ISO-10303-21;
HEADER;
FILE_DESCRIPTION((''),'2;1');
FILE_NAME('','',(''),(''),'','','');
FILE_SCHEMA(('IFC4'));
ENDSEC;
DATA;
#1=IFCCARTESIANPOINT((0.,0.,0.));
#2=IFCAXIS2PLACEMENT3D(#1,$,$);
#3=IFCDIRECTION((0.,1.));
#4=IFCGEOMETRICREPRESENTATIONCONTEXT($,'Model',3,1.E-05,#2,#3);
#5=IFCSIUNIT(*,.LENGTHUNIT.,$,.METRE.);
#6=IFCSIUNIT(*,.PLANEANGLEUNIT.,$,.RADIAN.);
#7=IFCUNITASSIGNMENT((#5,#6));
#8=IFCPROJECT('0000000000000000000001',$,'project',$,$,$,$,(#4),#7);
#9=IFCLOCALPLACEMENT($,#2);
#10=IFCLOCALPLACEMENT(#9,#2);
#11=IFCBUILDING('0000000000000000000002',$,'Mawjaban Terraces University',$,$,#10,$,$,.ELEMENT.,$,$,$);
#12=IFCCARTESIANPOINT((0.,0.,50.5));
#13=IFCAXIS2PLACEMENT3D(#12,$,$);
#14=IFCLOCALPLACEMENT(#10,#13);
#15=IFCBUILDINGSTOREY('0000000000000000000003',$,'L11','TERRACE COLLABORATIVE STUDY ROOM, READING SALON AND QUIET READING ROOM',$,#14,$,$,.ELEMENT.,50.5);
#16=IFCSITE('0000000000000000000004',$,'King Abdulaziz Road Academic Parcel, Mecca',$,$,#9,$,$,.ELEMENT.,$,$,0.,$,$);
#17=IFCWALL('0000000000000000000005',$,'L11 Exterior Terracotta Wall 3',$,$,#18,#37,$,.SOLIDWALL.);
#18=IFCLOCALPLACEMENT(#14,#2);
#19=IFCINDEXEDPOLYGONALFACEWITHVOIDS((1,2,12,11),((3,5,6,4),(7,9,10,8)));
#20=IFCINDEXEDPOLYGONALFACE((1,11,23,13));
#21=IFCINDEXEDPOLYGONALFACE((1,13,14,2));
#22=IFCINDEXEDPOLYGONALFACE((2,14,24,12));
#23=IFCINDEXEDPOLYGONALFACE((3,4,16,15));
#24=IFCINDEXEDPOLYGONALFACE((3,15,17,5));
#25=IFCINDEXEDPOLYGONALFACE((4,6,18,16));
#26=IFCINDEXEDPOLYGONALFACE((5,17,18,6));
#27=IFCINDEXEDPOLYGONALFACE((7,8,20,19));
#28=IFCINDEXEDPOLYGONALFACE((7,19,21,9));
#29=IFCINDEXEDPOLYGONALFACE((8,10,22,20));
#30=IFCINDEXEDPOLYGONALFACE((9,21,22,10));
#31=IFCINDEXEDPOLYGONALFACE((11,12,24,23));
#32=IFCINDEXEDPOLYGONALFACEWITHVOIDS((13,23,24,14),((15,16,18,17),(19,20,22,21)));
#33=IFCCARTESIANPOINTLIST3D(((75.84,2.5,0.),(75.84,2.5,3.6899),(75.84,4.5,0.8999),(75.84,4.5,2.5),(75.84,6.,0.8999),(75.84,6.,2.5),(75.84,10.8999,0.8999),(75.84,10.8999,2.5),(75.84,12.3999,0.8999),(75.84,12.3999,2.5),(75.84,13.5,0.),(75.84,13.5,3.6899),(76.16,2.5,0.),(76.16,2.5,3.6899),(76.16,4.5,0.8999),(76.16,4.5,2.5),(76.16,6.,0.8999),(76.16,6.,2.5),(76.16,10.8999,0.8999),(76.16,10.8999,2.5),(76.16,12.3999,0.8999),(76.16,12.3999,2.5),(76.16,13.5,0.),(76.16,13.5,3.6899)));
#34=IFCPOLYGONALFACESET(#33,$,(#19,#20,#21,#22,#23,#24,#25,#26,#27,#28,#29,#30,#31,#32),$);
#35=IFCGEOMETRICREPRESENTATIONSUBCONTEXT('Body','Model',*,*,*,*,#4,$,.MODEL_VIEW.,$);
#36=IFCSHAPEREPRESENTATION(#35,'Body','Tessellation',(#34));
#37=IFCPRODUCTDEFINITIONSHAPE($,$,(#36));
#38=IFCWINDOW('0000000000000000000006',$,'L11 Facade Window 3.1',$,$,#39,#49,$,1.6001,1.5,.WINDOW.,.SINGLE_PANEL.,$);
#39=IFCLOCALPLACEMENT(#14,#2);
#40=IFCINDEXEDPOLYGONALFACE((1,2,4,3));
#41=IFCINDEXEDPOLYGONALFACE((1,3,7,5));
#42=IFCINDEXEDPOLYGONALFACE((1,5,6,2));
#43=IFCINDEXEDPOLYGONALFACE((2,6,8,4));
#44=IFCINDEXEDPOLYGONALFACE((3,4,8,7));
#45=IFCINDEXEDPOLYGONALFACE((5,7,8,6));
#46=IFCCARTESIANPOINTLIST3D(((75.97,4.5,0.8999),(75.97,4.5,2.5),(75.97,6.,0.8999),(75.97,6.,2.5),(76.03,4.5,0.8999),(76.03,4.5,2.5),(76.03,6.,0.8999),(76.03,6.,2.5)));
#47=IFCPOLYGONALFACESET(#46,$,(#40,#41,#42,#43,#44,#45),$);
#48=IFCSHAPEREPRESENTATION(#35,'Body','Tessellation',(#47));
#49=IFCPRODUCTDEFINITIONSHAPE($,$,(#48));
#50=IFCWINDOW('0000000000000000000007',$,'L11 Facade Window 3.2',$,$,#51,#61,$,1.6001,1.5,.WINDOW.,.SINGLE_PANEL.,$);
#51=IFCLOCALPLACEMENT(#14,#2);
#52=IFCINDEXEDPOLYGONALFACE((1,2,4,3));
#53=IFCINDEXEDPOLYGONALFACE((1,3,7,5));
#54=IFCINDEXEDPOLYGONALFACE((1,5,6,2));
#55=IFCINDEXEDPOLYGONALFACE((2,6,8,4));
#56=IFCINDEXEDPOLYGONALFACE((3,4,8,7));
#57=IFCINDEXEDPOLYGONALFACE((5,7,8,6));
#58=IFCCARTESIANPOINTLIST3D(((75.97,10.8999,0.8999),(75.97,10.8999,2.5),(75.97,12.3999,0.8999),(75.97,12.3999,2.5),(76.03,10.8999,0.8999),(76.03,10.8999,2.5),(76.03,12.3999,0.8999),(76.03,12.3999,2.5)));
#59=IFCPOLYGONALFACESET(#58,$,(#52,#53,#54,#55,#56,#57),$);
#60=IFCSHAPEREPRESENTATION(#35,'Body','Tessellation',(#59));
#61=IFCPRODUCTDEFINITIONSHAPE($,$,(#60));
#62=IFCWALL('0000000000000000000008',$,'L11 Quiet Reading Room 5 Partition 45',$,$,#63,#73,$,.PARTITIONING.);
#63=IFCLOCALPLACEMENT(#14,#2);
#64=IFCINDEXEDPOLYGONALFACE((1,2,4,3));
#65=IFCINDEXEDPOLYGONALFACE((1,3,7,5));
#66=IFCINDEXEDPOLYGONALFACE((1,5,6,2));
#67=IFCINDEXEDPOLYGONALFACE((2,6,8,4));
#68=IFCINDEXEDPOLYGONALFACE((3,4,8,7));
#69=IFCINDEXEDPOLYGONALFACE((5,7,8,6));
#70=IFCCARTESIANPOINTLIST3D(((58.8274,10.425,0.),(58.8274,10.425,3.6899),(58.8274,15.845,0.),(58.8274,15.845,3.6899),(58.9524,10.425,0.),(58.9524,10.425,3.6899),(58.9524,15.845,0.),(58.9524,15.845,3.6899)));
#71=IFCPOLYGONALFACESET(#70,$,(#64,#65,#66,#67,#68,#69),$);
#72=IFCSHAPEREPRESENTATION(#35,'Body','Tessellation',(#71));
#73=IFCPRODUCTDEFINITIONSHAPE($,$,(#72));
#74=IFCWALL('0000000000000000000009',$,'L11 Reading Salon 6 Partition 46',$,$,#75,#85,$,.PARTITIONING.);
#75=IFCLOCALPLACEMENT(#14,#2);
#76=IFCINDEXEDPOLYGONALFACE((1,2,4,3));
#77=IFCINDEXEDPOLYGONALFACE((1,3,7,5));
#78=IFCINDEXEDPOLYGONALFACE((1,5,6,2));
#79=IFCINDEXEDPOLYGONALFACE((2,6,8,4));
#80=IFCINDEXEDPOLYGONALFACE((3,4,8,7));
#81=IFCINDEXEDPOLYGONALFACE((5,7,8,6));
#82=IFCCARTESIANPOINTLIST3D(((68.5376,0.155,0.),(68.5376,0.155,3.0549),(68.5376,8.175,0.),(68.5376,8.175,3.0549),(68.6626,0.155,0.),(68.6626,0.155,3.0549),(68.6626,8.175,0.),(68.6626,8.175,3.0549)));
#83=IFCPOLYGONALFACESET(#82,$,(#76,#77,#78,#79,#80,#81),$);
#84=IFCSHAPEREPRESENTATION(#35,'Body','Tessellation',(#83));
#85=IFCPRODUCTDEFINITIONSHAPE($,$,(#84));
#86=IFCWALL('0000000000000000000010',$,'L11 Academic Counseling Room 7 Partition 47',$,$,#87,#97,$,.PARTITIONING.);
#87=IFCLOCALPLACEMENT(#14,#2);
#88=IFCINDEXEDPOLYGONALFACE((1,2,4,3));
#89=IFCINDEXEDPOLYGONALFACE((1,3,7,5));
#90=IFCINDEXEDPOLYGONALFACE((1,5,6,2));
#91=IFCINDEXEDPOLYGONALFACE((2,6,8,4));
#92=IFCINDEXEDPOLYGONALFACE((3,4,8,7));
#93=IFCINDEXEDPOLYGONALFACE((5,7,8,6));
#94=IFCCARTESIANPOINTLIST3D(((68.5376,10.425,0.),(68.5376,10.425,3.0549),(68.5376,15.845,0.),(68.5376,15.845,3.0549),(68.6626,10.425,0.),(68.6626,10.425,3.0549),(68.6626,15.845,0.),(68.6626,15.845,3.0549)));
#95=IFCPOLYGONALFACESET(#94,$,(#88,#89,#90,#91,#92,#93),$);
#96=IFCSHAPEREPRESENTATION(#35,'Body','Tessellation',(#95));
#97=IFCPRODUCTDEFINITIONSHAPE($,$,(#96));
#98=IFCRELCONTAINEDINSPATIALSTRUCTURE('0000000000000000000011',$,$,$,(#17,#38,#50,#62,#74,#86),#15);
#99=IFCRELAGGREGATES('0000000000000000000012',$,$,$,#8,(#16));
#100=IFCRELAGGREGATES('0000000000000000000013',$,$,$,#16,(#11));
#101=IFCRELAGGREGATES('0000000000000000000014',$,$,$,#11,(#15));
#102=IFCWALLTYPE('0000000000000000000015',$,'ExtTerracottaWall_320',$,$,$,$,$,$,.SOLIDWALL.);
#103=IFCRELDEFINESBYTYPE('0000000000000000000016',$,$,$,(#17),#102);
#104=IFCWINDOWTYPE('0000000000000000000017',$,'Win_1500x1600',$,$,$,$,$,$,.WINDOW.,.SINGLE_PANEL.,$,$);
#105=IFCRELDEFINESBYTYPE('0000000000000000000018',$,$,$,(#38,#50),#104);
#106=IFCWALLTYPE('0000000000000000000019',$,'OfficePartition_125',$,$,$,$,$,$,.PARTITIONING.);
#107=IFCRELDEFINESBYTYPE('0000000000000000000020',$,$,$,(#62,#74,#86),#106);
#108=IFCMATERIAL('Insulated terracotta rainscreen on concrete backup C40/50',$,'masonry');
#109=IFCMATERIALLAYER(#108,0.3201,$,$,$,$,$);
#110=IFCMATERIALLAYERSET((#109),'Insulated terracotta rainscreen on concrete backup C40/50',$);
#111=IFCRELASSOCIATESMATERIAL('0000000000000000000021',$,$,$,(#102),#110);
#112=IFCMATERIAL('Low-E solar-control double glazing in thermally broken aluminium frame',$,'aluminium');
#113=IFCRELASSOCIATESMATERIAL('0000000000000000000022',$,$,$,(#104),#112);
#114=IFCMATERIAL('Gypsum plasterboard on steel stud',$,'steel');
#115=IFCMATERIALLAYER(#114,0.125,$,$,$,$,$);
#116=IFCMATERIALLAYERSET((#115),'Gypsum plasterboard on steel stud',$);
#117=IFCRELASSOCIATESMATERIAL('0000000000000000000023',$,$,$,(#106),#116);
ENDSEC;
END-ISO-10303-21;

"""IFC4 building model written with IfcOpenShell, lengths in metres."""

from ifc_helpers import new_model, si_unit, direction, frame, frame_2d, origin, place, context, subcontext, project, spatial, rectangle, extrude, material, layer, layer_set, type_object, element, fill, save


model = new_model("IFC4")

# Units and contexts
model_context = context("Model", 3, precision=1e-05, world=origin(), true_north=direction((0.0, 1.0)))
body_context = subcontext(model_context, "Body", "Model", "MODEL_VIEW")
ifc_project = project(units=[si_unit("LENGTHUNIT", "METRE"), si_unit("PLANEANGLEUNIT", "RADIAN")], contexts=[model_context])

# Site, building, storey
site_placement = place(None, origin())
site = spatial("IfcSite", under=ifc_project, at=site_placement, Name="King Abdulaziz Road Academic Parcel, Mecca", CompositionType="ELEMENT", RefElevation=0.0)
building_placement = place(site_placement, origin())
building = spatial("IfcBuilding", under=site, at=building_placement, Name="Mawjaban Terraces University", CompositionType="ELEMENT")
storey_placement = place(building_placement, frame((0.0, 0.0, 50.5)))
storey = spatial("IfcBuildingStorey", under=building, at=storey_placement, Name="L11", Description="TERRACE COLLABORATIVE STUDY ROOM, READING SALON AND QUIET READING ROOM", CompositionType="ELEMENT", Elevation=50.5)

# Shared definitions
ifc_material_1 = material(Name="Insulated terracotta rainscreen on concrete backup C40/50", Category="masonry")
ifc_layer_1 = layer(ifc_material_1, 0.3201)
ifc_layer_set_1 = layer_set([ifc_layer_1], Name="Insulated terracotta rainscreen on concrete backup C40/50")
wall_type_1 = type_object("IfcWallType", Name="ExtTerracottaWall_320", PredefinedType="SOLIDWALL", material=ifc_layer_set_1)

# Wall, openings, windows
wall_1_placement = place(storey_placement, frame((76.0, 2.5, 0.0), z_axis=(0.0, 0.0, 1.0), x_axis=(0.0, 1.0, 0.0)))
wall_1 = element("IfcWall", 1, at=wall_1_placement, inside=storey, type_object=wall_type_1, Name="L11 Exterior Terracotta Wall 3", PredefinedType="SOLIDWALL", context=body_context, shape_type="SweptSolid", body=[
    extrude(rectangle(XDim=11.0, YDim=0.3201, at=frame_2d((5.5, 0.0))), origin(), (0.0, 0.0, 1.0), 3.6899),
])
opening_1_placement = place(wall_1_placement, frame((2.0, 0.0, 0.8999)))
opening_1 = element("IfcOpeningElement", 2, at=opening_1_placement, cuts=wall_1, PredefinedType="OPENING", context=body_context, shape_type="SweptSolid", body=[
    extrude(rectangle(XDim=1.5, YDim=1.6001, at=frame_2d((0.75, 0.8))), frame((0.0, 0.1699, 0.0), z_axis=(0.0, -1.0, 0.0), x_axis=(1.0, 0.0, 0.0)), (0.0, 0.0, 1.0), 0.3401),
])
opening_2_placement = place(wall_1_placement, frame((8.3999, 0.0, 0.8999)))
opening_2 = element("IfcOpeningElement", 3, at=opening_2_placement, cuts=wall_1, PredefinedType="OPENING", context=body_context, shape_type="SweptSolid", body=[
    extrude(rectangle(XDim=1.5, YDim=1.6001, at=frame_2d((0.75, 0.8))), frame((0.0, 0.1699, 0.0), z_axis=(0.0, -1.0, 0.0), x_axis=(1.0, 0.0, 0.0)), (0.0, 0.0, 1.0), 0.3401),
])
ifc_material_2 = material(Name="Low-E solar-control double glazing in thermally broken aluminium frame", Category="aluminium")
window_type = type_object("IfcWindowType", Name="Win_1500x1600", PartitioningType="SINGLE_PANEL", PredefinedType="WINDOW", material=ifc_material_2)
window_1_placement = place(opening_1_placement, origin())
window_1 = element("IfcWindow", 4, at=window_1_placement, inside=storey, type_object=window_type, Name="L11 Facade Window 3.1", OverallHeight=1.6001, OverallWidth=1.5, PartitioningType="SINGLE_PANEL", PredefinedType="WINDOW", context=body_context, shape_type="SweptSolid", body=[
    extrude(rectangle(XDim=1.5, YDim=1.6001, at=frame_2d((0.75, 0.8))), frame((0.0, 0.03, 0.0), z_axis=(0.0, -1.0, 0.0), x_axis=(1.0, 0.0, 0.0)), (0.0, 0.0, 1.0), 0.0601),
])
fill(opening_1, window_1)
window_2_placement = place(opening_2_placement, origin())
window_2 = element("IfcWindow", 5, at=window_2_placement, inside=storey, type_object=window_type, Name="L11 Facade Window 3.2", OverallHeight=1.6001, OverallWidth=1.5, PartitioningType="SINGLE_PANEL", PredefinedType="WINDOW", context=body_context, shape_type="SweptSolid", body=[
    extrude(rectangle(XDim=1.5, YDim=1.6001, at=frame_2d((0.75, 0.8))), frame((0.0, 0.03, 0.0), z_axis=(0.0, -1.0, 0.0), x_axis=(1.0, 0.0, 0.0)), (0.0, 0.0, 1.0), 0.0601),
])
fill(opening_2, window_2)

# Walls
ifc_material_3 = material(Name="Gypsum plasterboard on steel stud", Category="steel")
ifc_layer_2 = layer(ifc_material_3, 0.125)
ifc_layer_set_2 = layer_set([ifc_layer_2], Name="Gypsum plasterboard on steel stud")
wall_type_2 = type_object("IfcWallType", Name="OfficePartition_125", PredefinedType="PARTITIONING", material=ifc_layer_set_2)
wall_2_placement = place(storey_placement, frame((58.8899, 10.425, 0.0), z_axis=(0.0, 0.0, 1.0), x_axis=(0.0, 1.0, 0.0)))
element("IfcWall", 6, at=wall_2_placement, inside=storey, type_object=wall_type_2, Name="L11 Quiet Reading Room 5 Partition 45", PredefinedType="PARTITIONING", context=body_context, shape_type="SweptSolid", body=[
    extrude(rectangle(XDim=5.4199, YDim=0.125, at=frame_2d((2.71, 0.0))), origin(), (0.0, 0.0, 1.0), 3.6899),
])
wall_3_placement = place(storey_placement, frame((68.6001, 0.155, 0.0), z_axis=(0.0, 0.0, 1.0), x_axis=(0.0, 1.0, 0.0)))
element("IfcWall", 7, at=wall_3_placement, inside=storey, type_object=wall_type_2, Name="L11 Reading Salon 6 Partition 46", PredefinedType="PARTITIONING", context=body_context, shape_type="SweptSolid", body=[
    extrude(rectangle(XDim=8.02, YDim=0.125, at=frame_2d((4.01, 0.0))), origin(), (0.0, 0.0, 1.0), 3.0549),
])
wall_4_placement = place(storey_placement, frame((68.6001, 10.425, 0.0), z_axis=(0.0, 0.0, 1.0), x_axis=(0.0, 1.0, 0.0)))
element("IfcWall", 8, at=wall_4_placement, inside=storey, type_object=wall_type_2, Name="L11 Academic Counseling Room 7 Partition 47", PredefinedType="PARTITIONING", context=body_context, shape_type="SweptSolid", body=[
    extrude(rectangle(XDim=5.4199, YDim=0.125, at=frame_2d((2.71, 0.0))), origin(), (0.0, 0.0, 1.0), 3.0549),
])

save(model, "model.ifc")
